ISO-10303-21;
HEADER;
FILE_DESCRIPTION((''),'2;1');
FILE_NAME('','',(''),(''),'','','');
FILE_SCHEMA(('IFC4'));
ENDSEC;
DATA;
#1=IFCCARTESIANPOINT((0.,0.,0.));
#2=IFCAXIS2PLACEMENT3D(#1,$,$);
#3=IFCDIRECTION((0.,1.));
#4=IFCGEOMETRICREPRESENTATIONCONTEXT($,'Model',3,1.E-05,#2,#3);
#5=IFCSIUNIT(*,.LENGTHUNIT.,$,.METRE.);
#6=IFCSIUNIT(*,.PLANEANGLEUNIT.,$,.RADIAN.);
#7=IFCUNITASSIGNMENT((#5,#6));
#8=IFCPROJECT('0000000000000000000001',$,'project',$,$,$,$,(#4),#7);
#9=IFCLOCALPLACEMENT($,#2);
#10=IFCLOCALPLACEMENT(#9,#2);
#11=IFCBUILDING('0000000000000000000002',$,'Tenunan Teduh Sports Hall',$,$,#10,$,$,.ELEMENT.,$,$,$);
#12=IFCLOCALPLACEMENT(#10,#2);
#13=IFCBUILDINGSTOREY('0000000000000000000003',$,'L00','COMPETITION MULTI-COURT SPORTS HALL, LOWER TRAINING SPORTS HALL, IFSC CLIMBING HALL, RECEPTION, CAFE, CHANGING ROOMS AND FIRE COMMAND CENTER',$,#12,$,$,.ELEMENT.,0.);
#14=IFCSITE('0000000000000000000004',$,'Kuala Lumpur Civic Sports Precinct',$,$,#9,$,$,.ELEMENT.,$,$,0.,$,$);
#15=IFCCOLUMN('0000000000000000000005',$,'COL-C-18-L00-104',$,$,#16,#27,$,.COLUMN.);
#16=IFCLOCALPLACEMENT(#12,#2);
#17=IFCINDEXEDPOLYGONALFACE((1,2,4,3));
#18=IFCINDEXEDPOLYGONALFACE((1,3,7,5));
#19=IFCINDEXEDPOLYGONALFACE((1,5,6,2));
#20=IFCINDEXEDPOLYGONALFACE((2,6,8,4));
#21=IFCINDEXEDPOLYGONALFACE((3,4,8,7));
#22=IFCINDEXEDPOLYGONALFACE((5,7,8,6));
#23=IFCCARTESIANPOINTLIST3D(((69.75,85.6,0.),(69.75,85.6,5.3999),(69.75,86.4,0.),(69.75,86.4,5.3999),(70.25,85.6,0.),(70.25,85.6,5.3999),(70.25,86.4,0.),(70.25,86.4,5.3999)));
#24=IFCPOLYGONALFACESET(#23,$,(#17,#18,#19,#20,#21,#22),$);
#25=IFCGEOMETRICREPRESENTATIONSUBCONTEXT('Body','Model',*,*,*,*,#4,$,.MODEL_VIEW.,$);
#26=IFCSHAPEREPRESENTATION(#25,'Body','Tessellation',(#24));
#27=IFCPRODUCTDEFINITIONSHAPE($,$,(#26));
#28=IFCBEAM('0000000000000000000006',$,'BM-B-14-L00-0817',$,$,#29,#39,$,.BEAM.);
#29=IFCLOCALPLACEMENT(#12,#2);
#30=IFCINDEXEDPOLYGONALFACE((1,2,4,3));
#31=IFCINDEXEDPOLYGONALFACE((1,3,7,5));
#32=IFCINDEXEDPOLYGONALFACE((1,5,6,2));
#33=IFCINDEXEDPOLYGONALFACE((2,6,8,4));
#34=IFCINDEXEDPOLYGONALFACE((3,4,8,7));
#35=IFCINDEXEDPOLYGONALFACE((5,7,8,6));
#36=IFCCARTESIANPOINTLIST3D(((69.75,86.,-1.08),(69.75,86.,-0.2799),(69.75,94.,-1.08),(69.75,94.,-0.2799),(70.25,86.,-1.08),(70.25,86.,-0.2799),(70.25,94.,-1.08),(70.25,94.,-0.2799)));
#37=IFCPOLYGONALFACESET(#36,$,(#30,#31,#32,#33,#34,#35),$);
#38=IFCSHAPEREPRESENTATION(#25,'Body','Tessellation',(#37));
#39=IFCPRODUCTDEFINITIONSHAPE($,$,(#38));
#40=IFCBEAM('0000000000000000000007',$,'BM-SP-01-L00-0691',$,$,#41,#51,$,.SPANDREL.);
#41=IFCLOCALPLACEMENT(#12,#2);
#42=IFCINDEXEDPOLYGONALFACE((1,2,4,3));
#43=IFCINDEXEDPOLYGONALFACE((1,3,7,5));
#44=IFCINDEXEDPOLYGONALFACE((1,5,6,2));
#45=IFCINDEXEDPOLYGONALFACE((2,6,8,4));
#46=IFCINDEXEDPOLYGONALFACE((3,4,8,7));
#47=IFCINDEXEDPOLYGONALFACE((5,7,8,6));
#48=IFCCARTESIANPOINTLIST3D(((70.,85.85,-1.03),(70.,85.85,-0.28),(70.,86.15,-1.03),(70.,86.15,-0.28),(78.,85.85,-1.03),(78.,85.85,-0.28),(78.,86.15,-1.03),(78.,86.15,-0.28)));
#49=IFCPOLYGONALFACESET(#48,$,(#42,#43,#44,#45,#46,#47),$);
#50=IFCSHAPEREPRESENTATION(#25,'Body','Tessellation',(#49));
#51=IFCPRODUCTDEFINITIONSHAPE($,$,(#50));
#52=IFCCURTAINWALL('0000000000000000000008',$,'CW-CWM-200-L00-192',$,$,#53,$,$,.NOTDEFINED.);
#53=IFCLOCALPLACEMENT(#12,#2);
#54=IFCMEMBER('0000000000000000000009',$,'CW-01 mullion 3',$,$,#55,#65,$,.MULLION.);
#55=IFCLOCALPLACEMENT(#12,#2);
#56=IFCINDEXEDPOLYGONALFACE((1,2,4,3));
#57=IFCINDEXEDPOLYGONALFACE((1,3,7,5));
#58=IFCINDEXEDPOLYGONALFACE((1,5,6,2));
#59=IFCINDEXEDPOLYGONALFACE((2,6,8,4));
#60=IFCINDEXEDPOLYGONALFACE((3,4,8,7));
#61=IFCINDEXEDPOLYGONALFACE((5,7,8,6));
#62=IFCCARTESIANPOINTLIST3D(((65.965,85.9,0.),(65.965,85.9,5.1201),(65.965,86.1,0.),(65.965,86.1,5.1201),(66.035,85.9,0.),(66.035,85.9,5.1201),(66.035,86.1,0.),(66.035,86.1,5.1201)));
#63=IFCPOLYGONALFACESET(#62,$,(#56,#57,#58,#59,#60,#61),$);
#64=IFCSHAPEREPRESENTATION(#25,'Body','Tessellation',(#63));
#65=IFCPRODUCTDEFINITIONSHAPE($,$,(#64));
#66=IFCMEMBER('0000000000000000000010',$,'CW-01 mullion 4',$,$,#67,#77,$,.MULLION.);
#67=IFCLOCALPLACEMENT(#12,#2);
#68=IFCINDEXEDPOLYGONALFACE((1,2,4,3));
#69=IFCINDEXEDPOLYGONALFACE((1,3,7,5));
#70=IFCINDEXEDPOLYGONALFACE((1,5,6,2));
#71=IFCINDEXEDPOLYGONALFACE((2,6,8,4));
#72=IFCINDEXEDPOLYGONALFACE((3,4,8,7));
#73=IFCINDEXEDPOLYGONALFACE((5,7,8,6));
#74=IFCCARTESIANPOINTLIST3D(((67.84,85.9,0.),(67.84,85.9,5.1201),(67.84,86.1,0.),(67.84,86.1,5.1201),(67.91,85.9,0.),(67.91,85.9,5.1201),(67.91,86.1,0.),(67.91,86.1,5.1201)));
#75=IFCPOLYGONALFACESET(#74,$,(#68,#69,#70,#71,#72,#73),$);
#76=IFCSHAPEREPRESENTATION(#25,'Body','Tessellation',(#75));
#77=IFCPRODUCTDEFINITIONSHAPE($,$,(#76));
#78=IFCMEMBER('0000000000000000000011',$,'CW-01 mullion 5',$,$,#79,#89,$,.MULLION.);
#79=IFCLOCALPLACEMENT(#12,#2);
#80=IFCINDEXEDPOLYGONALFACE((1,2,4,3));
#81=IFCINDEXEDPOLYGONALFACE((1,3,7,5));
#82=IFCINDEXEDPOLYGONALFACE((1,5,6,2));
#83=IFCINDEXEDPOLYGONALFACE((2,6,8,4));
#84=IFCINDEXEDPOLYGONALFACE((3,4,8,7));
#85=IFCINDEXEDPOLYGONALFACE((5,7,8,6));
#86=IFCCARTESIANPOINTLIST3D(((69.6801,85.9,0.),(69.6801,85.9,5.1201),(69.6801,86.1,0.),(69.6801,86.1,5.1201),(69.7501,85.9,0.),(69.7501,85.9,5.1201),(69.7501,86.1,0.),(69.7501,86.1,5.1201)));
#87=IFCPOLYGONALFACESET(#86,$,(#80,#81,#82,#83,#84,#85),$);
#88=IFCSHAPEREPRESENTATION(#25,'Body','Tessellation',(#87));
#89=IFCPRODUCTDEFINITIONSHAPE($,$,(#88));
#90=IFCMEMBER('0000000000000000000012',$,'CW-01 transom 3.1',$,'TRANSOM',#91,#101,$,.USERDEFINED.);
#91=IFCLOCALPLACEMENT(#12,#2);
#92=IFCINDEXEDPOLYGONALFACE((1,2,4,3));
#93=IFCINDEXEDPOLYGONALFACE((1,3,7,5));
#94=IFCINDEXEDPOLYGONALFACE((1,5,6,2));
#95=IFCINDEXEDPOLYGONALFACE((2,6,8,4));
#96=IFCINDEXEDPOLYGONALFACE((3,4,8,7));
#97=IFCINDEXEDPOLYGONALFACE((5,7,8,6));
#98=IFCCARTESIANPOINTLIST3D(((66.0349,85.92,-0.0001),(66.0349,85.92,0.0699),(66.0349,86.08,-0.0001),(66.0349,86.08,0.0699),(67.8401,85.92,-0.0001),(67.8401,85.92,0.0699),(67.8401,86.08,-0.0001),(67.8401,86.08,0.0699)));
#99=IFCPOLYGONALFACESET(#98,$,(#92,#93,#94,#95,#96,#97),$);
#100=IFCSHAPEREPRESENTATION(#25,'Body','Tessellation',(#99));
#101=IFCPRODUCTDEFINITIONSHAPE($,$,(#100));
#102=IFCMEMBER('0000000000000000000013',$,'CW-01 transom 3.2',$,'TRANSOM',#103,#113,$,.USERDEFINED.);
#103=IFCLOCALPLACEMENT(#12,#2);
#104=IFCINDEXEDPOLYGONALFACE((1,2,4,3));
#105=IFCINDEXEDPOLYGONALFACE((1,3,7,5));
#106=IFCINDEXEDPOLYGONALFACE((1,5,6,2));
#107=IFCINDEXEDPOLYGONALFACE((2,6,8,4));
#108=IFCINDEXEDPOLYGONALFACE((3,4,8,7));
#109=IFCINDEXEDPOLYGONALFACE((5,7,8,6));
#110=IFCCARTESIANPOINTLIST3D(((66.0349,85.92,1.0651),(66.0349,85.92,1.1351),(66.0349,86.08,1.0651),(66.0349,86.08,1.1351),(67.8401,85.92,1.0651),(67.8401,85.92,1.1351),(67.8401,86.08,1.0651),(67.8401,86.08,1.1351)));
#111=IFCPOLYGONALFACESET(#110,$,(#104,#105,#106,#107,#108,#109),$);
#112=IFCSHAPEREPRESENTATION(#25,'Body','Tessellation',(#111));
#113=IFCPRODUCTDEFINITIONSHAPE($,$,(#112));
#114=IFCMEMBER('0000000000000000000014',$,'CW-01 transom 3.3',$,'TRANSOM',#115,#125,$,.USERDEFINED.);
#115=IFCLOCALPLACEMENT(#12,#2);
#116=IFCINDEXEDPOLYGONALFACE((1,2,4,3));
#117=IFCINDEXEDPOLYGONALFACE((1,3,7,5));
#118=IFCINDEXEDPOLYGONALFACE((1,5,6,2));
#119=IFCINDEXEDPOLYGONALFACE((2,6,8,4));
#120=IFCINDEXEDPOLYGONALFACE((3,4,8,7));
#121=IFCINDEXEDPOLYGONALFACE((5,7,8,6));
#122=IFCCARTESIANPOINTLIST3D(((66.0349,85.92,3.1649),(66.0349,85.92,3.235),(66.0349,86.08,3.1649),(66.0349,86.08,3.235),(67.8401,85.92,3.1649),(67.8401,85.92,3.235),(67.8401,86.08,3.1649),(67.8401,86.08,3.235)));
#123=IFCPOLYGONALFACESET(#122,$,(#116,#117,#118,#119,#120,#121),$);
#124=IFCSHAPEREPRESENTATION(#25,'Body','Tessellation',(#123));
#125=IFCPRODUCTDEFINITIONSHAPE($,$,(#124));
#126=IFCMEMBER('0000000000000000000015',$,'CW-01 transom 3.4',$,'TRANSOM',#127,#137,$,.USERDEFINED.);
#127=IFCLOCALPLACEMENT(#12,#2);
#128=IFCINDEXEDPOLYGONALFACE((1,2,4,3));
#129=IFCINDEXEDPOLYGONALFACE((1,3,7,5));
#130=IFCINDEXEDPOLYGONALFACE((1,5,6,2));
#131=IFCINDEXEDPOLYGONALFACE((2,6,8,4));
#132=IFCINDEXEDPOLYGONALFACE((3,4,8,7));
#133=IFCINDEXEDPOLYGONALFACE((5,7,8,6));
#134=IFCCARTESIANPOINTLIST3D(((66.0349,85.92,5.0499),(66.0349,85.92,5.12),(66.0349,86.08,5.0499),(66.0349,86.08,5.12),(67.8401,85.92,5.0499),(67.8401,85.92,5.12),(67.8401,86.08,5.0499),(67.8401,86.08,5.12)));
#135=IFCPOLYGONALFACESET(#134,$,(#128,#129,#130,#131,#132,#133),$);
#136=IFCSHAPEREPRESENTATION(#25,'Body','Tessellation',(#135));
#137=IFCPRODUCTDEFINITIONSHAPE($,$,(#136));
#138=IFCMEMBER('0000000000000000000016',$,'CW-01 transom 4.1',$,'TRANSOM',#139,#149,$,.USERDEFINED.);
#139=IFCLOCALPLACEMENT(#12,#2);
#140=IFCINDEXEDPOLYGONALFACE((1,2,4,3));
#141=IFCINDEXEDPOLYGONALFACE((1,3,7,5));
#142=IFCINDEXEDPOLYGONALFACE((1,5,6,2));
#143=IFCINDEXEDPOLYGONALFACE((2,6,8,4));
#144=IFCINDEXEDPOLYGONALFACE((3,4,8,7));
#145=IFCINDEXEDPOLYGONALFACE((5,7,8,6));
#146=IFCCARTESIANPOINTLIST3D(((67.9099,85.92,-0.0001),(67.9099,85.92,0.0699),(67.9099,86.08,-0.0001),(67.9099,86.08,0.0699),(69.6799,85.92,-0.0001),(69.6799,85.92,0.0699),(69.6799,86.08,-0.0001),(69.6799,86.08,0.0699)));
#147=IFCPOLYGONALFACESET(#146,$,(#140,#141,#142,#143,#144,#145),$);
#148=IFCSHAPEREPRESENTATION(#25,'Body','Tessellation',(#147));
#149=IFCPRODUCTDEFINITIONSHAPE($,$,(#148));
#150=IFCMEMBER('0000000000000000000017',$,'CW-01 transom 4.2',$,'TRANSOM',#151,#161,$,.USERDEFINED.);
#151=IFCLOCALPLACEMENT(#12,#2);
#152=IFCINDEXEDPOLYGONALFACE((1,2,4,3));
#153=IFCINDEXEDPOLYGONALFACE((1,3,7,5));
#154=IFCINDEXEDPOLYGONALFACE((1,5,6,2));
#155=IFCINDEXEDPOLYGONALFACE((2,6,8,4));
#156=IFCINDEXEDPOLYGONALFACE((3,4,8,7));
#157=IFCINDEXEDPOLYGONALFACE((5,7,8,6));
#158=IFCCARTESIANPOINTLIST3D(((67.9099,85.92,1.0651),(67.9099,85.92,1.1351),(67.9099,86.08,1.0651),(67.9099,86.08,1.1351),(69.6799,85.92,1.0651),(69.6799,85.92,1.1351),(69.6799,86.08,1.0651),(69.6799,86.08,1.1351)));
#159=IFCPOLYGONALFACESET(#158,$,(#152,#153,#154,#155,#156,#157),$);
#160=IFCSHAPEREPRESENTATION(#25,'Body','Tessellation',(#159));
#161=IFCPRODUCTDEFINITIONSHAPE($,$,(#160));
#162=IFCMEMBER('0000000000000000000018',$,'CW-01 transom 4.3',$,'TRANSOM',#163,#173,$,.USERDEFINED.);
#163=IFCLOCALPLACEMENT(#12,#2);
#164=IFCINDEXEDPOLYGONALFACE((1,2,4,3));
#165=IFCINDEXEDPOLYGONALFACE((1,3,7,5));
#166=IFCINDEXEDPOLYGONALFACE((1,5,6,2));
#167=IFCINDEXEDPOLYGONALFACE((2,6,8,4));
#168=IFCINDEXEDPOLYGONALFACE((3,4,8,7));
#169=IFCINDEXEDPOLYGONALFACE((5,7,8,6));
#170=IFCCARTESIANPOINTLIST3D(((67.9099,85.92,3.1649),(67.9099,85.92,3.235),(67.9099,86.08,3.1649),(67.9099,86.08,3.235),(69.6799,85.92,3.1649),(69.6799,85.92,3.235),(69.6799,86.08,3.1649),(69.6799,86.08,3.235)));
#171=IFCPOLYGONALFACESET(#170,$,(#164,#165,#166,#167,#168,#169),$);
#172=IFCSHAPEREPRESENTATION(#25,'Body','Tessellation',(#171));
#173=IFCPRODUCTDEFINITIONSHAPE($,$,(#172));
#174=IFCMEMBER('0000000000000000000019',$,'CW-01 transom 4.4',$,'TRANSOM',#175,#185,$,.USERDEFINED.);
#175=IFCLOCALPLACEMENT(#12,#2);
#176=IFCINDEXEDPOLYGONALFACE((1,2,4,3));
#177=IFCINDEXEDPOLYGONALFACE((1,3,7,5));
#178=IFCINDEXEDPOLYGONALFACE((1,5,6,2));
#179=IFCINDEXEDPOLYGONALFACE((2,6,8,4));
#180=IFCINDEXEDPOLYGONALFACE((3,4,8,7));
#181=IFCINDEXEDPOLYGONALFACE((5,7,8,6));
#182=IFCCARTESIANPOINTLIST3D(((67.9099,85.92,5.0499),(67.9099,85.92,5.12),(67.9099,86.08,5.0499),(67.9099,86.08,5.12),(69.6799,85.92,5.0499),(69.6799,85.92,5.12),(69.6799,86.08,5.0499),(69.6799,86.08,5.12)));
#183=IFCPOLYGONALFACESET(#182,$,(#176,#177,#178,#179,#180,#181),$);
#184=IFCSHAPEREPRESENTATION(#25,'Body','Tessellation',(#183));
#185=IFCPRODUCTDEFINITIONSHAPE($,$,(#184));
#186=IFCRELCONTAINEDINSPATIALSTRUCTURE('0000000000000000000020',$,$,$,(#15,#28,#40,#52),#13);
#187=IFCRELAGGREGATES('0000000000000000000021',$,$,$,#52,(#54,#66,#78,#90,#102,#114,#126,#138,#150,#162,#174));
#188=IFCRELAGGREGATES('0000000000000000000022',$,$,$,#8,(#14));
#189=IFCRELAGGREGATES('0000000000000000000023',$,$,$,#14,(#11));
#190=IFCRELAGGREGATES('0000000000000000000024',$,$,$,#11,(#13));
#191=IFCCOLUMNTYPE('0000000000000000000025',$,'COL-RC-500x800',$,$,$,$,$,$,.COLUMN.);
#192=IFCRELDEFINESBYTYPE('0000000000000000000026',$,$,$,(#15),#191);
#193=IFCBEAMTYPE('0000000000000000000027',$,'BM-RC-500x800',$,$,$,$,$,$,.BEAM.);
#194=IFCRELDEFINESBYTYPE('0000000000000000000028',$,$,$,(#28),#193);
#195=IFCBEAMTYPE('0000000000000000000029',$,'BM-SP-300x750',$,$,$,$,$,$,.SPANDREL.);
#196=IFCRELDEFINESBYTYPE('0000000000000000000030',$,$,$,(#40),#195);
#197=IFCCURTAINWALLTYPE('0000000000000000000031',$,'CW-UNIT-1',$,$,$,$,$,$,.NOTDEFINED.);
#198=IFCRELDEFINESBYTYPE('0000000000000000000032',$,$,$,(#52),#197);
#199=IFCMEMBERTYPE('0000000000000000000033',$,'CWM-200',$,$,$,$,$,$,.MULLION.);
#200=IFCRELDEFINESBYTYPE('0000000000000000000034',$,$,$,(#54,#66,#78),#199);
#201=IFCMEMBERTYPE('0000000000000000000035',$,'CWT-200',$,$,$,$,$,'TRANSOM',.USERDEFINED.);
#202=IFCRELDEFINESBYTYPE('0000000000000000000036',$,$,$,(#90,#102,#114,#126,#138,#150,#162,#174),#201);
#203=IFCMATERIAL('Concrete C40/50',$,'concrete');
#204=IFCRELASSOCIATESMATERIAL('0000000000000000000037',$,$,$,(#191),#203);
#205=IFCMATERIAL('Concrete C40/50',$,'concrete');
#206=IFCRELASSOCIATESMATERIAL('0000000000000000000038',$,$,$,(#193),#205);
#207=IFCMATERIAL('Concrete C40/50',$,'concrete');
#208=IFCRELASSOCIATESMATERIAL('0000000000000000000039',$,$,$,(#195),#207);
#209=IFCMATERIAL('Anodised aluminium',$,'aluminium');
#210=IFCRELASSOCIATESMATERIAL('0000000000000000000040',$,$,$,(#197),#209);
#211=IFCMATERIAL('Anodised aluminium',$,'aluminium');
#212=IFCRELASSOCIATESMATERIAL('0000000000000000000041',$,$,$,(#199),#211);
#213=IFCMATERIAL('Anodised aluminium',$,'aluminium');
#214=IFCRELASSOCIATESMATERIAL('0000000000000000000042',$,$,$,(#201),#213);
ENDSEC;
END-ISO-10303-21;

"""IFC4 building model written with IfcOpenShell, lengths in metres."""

from ifc_helpers import new_model, si_unit, direction, frame, origin, origin_2d, place, context, subcontext, project, spatial, rectangle, extrude, material, material_profile, profile_set, type_object, element, aggregate, save


model = new_model("IFC4")

# Units and contexts
model_context = context("Model", 3, precision=1e-05, world=origin(), true_north=direction((0.0, 1.0)))
body_context = subcontext(model_context, "Body", "Model", "MODEL_VIEW")
ifc_project = project(units=[si_unit("LENGTHUNIT", "METRE"), si_unit("PLANEANGLEUNIT", "RADIAN")], contexts=[model_context])

# Site, building, storey
site_placement = place(None, origin())
site = spatial("IfcSite", under=ifc_project, at=site_placement, Name="Kuala Lumpur Civic Sports Precinct", CompositionType="ELEMENT", RefElevation=0.0)
building_placement = place(site_placement, origin())
building = spatial("IfcBuilding", under=site, at=building_placement, Name="Tenunan Teduh Sports Hall", CompositionType="ELEMENT")
storey_placement = place(building_placement, origin())
storey = spatial("IfcBuildingStorey", under=building, at=storey_placement, Name="L00", Description="COMPETITION MULTI-COURT SPORTS HALL, LOWER TRAINING SPORTS HALL, IFSC CLIMBING HALL, RECEPTION, CAFE, CHANGING ROOMS AND FIRE COMMAND CENTER", CompositionType="ELEMENT", Elevation=0.0)

# Column
ifc_material_1 = material(Name="Concrete C40/50", Category="concrete")
ifc_material_profile_1 = material_profile(ifc_material_1, rectangle(XDim=0.5, YDim=0.8, at=origin_2d()), Name="RC 500x800")
ifc_profile_set_1 = profile_set([ifc_material_profile_1], Name="Concrete C40/50")
column_type = type_object("IfcColumnType", Name="COL-RC-500x800", PredefinedType="COLUMN", material=ifc_profile_set_1)
column_placement = place(storey_placement, frame((70.0, 86.0, 0.0), z_axis=(0.0, 0.0, 1.0), x_axis=(1.0, 0.0, 0.0)))
element("IfcColumn", 1, at=column_placement, inside=storey, type_object=column_type, Name="COL-C-18-L00-104", PredefinedType="COLUMN", context=body_context, shape_type="SweptSolid", body=[
    extrude(rectangle(XDim=0.5, YDim=0.8, at=origin_2d()), origin(), (0.0, 0.0, 1.0), 5.3999),
])

# Beams
ifc_material_2 = material(Name="Concrete C40/50", Category="concrete")
ifc_material_profile_2 = material_profile(ifc_material_2, rectangle(XDim=0.5, YDim=0.8, at=origin_2d()), Name="RCB 500x800")
ifc_profile_set_2 = profile_set([ifc_material_profile_2], Name="Concrete C40/50")
beam_type_1 = type_object("IfcBeamType", Name="BM-RC-500x800", PredefinedType="BEAM", material=ifc_profile_set_2)
beam_1_placement = place(storey_placement, frame((70.0, 86.0, -0.6799), z_axis=(0.0, 1.0, 0.0), x_axis=(-1.0, 0.0, 0.0)))
element("IfcBeam", 2, at=beam_1_placement, inside=storey, type_object=beam_type_1, Name="BM-B-14-L00-0817", PredefinedType="BEAM", context=body_context, shape_type="SweptSolid", body=[
    extrude(rectangle(XDim=0.5, YDim=0.8, at=origin_2d()), origin(), (0.0, 0.0, 1.0), 8.0),
])
ifc_material_3 = material(Name="Concrete C40/50", Category="concrete")
ifc_material_profile_3 = material_profile(ifc_material_3, rectangle(XDim=0.3, YDim=0.75, at=origin_2d()), Name="SPB 300x750")
ifc_profile_set_3 = profile_set([ifc_material_profile_3], Name="Concrete C40/50")
beam_type_2 = type_object("IfcBeamType", Name="BM-SP-300x750", PredefinedType="SPANDREL", material=ifc_profile_set_3)
beam_2_placement = place(storey_placement, frame((70.0, 86.0, -0.655), z_axis=(1.0, 0.0, 0.0), x_axis=(0.0, 1.0, 0.0)))
element("IfcBeam", 3, at=beam_2_placement, inside=storey, type_object=beam_type_2, Name="BM-SP-01-L00-0691", PredefinedType="SPANDREL", context=body_context, shape_type="SweptSolid", body=[
    extrude(rectangle(XDim=0.3, YDim=0.75, at=origin_2d()), origin(), (0.0, 0.0, 1.0), 8.0),
])

# Curtain wall, members
ifc_material_4 = material(Name="Anodised aluminium", Category="aluminium")
curtain_wall_type = type_object("IfcCurtainWallType", Name="CW-UNIT-1", PredefinedType="NOTDEFINED", material=ifc_material_4)
curtain_wall_placement = place(storey_placement, origin())
curtain_wall = element("IfcCurtainWall", 4, at=curtain_wall_placement, inside=storey, type_object=curtain_wall_type, Name="CW-CWM-200-L00-192", PredefinedType="NOTDEFINED")
ifc_material_5 = material(Name="Anodised aluminium", Category="aluminium")
ifc_material_profile_4 = material_profile(ifc_material_5, rectangle(XDim=0.0701, YDim=0.2, at=origin_2d()), Name="CWM 70x200")
ifc_profile_set_4 = profile_set([ifc_material_profile_4], Name="Anodised aluminium")
member_type_1 = type_object("IfcMemberType", Name="CWM-200", PredefinedType="MULLION", material=ifc_profile_set_4)
member_1_placement = place(storey_placement, frame((66.0, 86.0, 0.0), z_axis=(0.0, 0.0, 1.0), x_axis=(1.0, 0.0, 0.0)))
member_1 = element("IfcMember", 5, at=member_1_placement, type_object=member_type_1, Name="CW-01 mullion 3", PredefinedType="MULLION", context=body_context, shape_type="SweptSolid", body=[
    extrude(rectangle(XDim=0.0701, YDim=0.2, at=origin_2d()), origin(), (0.0, 0.0, 1.0), 5.1201),
])
member_2_placement = place(storey_placement, frame((67.875, 86.0, 0.0), z_axis=(0.0, 0.0, 1.0), x_axis=(1.0, 0.0, 0.0)))
member_2 = element("IfcMember", 6, at=member_2_placement, type_object=member_type_1, Name="CW-01 mullion 4", PredefinedType="MULLION", context=body_context, shape_type="SweptSolid", body=[
    extrude(rectangle(XDim=0.0701, YDim=0.2, at=origin_2d()), origin(), (0.0, 0.0, 1.0), 5.1201),
])
member_3_placement = place(storey_placement, frame((69.7151, 86.0, 0.0), z_axis=(0.0, 0.0, 1.0), x_axis=(1.0, 0.0, 0.0)))
member_3 = element("IfcMember", 7, at=member_3_placement, type_object=member_type_1, Name="CW-01 mullion 5", PredefinedType="MULLION", context=body_context, shape_type="SweptSolid", body=[
    extrude(rectangle(XDim=0.0701, YDim=0.2, at=origin_2d()), origin(), (0.0, 0.0, 1.0), 5.1201),
])
ifc_material_6 = material(Name="Anodised aluminium", Category="aluminium")
ifc_material_profile_5 = material_profile(ifc_material_6, rectangle(XDim=0.0701, YDim=0.1599, at=origin_2d()), Name="CWT 70x160")
ifc_profile_set_5 = profile_set([ifc_material_profile_5], Name="Anodised aluminium")
member_type_2 = type_object("IfcMemberType", Name="CWT-200", ElementType="TRANSOM", PredefinedType="USERDEFINED", material=ifc_profile_set_5)
member_4_placement = place(storey_placement, frame((66.0349, 86.0, 0.0349), z_axis=(1.0, 0.0, 0.0), x_axis=(0.0, 0.0, 1.0)))
member_4 = element("IfcMember", 8, at=member_4_placement, type_object=member_type_2, Name="CW-01 transom 3.1", ObjectType="TRANSOM", PredefinedType="USERDEFINED", context=body_context, shape_type="SweptSolid", body=[
    extrude(rectangle(XDim=0.0701, YDim=0.1599, at=origin_2d()), origin(), (0.0, 0.0, 1.0), 1.8052),
])
member_5_placement = place(storey_placement, frame((66.0349, 86.0, 1.1001), z_axis=(1.0, 0.0, 0.0), x_axis=(0.0, 0.0, 1.0)))
member_5 = element("IfcMember", 9, at=member_5_placement, type_object=member_type_2, Name="CW-01 transom 3.2", ObjectType="TRANSOM", PredefinedType="USERDEFINED", context=body_context, shape_type="SweptSolid", body=[
    extrude(rectangle(XDim=0.0701, YDim=0.1599, at=origin_2d()), origin(), (0.0, 0.0, 1.0), 1.8052),
])
member_6_placement = place(storey_placement, frame((66.0349, 86.0, 3.2), z_axis=(1.0, 0.0, 0.0), x_axis=(0.0, 0.0, 1.0)))
member_6 = element("IfcMember", 10, at=member_6_placement, type_object=member_type_2, Name="CW-01 transom 3.3", ObjectType="TRANSOM", PredefinedType="USERDEFINED", context=body_context, shape_type="SweptSolid", body=[
    extrude(rectangle(XDim=0.0701, YDim=0.1599, at=origin_2d()), origin(), (0.0, 0.0, 1.0), 1.8052),
])
member_7_placement = place(storey_placement, frame((66.0349, 86.0, 5.085), z_axis=(1.0, 0.0, 0.0), x_axis=(0.0, 0.0, 1.0)))
member_7 = element("IfcMember", 11, at=member_7_placement, type_object=member_type_2, Name="CW-01 transom 3.4", ObjectType="TRANSOM", PredefinedType="USERDEFINED", context=body_context, shape_type="SweptSolid", body=[
    extrude(rectangle(XDim=0.0701, YDim=0.1599, at=origin_2d()), origin(), (0.0, 0.0, 1.0), 1.8052),
])
member_8_placement = place(storey_placement, frame((67.9099, 86.0, 0.0349), z_axis=(1.0, 0.0, 0.0), x_axis=(0.0, 0.0, 1.0)))
member_8 = element("IfcMember", 12, at=member_8_placement, type_object=member_type_2, Name="CW-01 transom 4.1", ObjectType="TRANSOM", PredefinedType="USERDEFINED", context=body_context, shape_type="SweptSolid", body=[
    extrude(rectangle(XDim=0.0701, YDim=0.1599, at=origin_2d()), origin(), (0.0, 0.0, 1.0), 1.77),
])
member_9_placement = place(storey_placement, frame((67.9099, 86.0, 1.1001), z_axis=(1.0, 0.0, 0.0), x_axis=(0.0, 0.0, 1.0)))
member_9 = element("IfcMember", 13, at=member_9_placement, type_object=member_type_2, Name="CW-01 transom 4.2", ObjectType="TRANSOM", PredefinedType="USERDEFINED", context=body_context, shape_type="SweptSolid", body=[
    extrude(rectangle(XDim=0.0701, YDim=0.1599, at=origin_2d()), origin(), (0.0, 0.0, 1.0), 1.77),
])
member_10_placement = place(storey_placement, frame((67.9099, 86.0, 3.2), z_axis=(1.0, 0.0, 0.0), x_axis=(0.0, 0.0, 1.0)))
member_10 = element("IfcMember", 14, at=member_10_placement, type_object=member_type_2, Name="CW-01 transom 4.3", ObjectType="TRANSOM", PredefinedType="USERDEFINED", context=body_context, shape_type="SweptSolid", body=[
    extrude(rectangle(XDim=0.0701, YDim=0.1599, at=origin_2d()), origin(), (0.0, 0.0, 1.0), 1.77),
])
member_11_placement = place(storey_placement, frame((67.9099, 86.0, 5.085), z_axis=(1.0, 0.0, 0.0), x_axis=(0.0, 0.0, 1.0)))
member_11 = element("IfcMember", 15, at=member_11_placement, type_object=member_type_2, Name="CW-01 transom 4.4", ObjectType="TRANSOM", PredefinedType="USERDEFINED", context=body_context, shape_type="SweptSolid", body=[
    extrude(rectangle(XDim=0.0701, YDim=0.1599, at=origin_2d()), origin(), (0.0, 0.0, 1.0), 1.77),
])
aggregate(curtain_wall, [member_1, member_2, member_3, member_4, member_5, member_6, member_7, member_8, member_9, member_10, member_11])

save(model, "model.ifc")
